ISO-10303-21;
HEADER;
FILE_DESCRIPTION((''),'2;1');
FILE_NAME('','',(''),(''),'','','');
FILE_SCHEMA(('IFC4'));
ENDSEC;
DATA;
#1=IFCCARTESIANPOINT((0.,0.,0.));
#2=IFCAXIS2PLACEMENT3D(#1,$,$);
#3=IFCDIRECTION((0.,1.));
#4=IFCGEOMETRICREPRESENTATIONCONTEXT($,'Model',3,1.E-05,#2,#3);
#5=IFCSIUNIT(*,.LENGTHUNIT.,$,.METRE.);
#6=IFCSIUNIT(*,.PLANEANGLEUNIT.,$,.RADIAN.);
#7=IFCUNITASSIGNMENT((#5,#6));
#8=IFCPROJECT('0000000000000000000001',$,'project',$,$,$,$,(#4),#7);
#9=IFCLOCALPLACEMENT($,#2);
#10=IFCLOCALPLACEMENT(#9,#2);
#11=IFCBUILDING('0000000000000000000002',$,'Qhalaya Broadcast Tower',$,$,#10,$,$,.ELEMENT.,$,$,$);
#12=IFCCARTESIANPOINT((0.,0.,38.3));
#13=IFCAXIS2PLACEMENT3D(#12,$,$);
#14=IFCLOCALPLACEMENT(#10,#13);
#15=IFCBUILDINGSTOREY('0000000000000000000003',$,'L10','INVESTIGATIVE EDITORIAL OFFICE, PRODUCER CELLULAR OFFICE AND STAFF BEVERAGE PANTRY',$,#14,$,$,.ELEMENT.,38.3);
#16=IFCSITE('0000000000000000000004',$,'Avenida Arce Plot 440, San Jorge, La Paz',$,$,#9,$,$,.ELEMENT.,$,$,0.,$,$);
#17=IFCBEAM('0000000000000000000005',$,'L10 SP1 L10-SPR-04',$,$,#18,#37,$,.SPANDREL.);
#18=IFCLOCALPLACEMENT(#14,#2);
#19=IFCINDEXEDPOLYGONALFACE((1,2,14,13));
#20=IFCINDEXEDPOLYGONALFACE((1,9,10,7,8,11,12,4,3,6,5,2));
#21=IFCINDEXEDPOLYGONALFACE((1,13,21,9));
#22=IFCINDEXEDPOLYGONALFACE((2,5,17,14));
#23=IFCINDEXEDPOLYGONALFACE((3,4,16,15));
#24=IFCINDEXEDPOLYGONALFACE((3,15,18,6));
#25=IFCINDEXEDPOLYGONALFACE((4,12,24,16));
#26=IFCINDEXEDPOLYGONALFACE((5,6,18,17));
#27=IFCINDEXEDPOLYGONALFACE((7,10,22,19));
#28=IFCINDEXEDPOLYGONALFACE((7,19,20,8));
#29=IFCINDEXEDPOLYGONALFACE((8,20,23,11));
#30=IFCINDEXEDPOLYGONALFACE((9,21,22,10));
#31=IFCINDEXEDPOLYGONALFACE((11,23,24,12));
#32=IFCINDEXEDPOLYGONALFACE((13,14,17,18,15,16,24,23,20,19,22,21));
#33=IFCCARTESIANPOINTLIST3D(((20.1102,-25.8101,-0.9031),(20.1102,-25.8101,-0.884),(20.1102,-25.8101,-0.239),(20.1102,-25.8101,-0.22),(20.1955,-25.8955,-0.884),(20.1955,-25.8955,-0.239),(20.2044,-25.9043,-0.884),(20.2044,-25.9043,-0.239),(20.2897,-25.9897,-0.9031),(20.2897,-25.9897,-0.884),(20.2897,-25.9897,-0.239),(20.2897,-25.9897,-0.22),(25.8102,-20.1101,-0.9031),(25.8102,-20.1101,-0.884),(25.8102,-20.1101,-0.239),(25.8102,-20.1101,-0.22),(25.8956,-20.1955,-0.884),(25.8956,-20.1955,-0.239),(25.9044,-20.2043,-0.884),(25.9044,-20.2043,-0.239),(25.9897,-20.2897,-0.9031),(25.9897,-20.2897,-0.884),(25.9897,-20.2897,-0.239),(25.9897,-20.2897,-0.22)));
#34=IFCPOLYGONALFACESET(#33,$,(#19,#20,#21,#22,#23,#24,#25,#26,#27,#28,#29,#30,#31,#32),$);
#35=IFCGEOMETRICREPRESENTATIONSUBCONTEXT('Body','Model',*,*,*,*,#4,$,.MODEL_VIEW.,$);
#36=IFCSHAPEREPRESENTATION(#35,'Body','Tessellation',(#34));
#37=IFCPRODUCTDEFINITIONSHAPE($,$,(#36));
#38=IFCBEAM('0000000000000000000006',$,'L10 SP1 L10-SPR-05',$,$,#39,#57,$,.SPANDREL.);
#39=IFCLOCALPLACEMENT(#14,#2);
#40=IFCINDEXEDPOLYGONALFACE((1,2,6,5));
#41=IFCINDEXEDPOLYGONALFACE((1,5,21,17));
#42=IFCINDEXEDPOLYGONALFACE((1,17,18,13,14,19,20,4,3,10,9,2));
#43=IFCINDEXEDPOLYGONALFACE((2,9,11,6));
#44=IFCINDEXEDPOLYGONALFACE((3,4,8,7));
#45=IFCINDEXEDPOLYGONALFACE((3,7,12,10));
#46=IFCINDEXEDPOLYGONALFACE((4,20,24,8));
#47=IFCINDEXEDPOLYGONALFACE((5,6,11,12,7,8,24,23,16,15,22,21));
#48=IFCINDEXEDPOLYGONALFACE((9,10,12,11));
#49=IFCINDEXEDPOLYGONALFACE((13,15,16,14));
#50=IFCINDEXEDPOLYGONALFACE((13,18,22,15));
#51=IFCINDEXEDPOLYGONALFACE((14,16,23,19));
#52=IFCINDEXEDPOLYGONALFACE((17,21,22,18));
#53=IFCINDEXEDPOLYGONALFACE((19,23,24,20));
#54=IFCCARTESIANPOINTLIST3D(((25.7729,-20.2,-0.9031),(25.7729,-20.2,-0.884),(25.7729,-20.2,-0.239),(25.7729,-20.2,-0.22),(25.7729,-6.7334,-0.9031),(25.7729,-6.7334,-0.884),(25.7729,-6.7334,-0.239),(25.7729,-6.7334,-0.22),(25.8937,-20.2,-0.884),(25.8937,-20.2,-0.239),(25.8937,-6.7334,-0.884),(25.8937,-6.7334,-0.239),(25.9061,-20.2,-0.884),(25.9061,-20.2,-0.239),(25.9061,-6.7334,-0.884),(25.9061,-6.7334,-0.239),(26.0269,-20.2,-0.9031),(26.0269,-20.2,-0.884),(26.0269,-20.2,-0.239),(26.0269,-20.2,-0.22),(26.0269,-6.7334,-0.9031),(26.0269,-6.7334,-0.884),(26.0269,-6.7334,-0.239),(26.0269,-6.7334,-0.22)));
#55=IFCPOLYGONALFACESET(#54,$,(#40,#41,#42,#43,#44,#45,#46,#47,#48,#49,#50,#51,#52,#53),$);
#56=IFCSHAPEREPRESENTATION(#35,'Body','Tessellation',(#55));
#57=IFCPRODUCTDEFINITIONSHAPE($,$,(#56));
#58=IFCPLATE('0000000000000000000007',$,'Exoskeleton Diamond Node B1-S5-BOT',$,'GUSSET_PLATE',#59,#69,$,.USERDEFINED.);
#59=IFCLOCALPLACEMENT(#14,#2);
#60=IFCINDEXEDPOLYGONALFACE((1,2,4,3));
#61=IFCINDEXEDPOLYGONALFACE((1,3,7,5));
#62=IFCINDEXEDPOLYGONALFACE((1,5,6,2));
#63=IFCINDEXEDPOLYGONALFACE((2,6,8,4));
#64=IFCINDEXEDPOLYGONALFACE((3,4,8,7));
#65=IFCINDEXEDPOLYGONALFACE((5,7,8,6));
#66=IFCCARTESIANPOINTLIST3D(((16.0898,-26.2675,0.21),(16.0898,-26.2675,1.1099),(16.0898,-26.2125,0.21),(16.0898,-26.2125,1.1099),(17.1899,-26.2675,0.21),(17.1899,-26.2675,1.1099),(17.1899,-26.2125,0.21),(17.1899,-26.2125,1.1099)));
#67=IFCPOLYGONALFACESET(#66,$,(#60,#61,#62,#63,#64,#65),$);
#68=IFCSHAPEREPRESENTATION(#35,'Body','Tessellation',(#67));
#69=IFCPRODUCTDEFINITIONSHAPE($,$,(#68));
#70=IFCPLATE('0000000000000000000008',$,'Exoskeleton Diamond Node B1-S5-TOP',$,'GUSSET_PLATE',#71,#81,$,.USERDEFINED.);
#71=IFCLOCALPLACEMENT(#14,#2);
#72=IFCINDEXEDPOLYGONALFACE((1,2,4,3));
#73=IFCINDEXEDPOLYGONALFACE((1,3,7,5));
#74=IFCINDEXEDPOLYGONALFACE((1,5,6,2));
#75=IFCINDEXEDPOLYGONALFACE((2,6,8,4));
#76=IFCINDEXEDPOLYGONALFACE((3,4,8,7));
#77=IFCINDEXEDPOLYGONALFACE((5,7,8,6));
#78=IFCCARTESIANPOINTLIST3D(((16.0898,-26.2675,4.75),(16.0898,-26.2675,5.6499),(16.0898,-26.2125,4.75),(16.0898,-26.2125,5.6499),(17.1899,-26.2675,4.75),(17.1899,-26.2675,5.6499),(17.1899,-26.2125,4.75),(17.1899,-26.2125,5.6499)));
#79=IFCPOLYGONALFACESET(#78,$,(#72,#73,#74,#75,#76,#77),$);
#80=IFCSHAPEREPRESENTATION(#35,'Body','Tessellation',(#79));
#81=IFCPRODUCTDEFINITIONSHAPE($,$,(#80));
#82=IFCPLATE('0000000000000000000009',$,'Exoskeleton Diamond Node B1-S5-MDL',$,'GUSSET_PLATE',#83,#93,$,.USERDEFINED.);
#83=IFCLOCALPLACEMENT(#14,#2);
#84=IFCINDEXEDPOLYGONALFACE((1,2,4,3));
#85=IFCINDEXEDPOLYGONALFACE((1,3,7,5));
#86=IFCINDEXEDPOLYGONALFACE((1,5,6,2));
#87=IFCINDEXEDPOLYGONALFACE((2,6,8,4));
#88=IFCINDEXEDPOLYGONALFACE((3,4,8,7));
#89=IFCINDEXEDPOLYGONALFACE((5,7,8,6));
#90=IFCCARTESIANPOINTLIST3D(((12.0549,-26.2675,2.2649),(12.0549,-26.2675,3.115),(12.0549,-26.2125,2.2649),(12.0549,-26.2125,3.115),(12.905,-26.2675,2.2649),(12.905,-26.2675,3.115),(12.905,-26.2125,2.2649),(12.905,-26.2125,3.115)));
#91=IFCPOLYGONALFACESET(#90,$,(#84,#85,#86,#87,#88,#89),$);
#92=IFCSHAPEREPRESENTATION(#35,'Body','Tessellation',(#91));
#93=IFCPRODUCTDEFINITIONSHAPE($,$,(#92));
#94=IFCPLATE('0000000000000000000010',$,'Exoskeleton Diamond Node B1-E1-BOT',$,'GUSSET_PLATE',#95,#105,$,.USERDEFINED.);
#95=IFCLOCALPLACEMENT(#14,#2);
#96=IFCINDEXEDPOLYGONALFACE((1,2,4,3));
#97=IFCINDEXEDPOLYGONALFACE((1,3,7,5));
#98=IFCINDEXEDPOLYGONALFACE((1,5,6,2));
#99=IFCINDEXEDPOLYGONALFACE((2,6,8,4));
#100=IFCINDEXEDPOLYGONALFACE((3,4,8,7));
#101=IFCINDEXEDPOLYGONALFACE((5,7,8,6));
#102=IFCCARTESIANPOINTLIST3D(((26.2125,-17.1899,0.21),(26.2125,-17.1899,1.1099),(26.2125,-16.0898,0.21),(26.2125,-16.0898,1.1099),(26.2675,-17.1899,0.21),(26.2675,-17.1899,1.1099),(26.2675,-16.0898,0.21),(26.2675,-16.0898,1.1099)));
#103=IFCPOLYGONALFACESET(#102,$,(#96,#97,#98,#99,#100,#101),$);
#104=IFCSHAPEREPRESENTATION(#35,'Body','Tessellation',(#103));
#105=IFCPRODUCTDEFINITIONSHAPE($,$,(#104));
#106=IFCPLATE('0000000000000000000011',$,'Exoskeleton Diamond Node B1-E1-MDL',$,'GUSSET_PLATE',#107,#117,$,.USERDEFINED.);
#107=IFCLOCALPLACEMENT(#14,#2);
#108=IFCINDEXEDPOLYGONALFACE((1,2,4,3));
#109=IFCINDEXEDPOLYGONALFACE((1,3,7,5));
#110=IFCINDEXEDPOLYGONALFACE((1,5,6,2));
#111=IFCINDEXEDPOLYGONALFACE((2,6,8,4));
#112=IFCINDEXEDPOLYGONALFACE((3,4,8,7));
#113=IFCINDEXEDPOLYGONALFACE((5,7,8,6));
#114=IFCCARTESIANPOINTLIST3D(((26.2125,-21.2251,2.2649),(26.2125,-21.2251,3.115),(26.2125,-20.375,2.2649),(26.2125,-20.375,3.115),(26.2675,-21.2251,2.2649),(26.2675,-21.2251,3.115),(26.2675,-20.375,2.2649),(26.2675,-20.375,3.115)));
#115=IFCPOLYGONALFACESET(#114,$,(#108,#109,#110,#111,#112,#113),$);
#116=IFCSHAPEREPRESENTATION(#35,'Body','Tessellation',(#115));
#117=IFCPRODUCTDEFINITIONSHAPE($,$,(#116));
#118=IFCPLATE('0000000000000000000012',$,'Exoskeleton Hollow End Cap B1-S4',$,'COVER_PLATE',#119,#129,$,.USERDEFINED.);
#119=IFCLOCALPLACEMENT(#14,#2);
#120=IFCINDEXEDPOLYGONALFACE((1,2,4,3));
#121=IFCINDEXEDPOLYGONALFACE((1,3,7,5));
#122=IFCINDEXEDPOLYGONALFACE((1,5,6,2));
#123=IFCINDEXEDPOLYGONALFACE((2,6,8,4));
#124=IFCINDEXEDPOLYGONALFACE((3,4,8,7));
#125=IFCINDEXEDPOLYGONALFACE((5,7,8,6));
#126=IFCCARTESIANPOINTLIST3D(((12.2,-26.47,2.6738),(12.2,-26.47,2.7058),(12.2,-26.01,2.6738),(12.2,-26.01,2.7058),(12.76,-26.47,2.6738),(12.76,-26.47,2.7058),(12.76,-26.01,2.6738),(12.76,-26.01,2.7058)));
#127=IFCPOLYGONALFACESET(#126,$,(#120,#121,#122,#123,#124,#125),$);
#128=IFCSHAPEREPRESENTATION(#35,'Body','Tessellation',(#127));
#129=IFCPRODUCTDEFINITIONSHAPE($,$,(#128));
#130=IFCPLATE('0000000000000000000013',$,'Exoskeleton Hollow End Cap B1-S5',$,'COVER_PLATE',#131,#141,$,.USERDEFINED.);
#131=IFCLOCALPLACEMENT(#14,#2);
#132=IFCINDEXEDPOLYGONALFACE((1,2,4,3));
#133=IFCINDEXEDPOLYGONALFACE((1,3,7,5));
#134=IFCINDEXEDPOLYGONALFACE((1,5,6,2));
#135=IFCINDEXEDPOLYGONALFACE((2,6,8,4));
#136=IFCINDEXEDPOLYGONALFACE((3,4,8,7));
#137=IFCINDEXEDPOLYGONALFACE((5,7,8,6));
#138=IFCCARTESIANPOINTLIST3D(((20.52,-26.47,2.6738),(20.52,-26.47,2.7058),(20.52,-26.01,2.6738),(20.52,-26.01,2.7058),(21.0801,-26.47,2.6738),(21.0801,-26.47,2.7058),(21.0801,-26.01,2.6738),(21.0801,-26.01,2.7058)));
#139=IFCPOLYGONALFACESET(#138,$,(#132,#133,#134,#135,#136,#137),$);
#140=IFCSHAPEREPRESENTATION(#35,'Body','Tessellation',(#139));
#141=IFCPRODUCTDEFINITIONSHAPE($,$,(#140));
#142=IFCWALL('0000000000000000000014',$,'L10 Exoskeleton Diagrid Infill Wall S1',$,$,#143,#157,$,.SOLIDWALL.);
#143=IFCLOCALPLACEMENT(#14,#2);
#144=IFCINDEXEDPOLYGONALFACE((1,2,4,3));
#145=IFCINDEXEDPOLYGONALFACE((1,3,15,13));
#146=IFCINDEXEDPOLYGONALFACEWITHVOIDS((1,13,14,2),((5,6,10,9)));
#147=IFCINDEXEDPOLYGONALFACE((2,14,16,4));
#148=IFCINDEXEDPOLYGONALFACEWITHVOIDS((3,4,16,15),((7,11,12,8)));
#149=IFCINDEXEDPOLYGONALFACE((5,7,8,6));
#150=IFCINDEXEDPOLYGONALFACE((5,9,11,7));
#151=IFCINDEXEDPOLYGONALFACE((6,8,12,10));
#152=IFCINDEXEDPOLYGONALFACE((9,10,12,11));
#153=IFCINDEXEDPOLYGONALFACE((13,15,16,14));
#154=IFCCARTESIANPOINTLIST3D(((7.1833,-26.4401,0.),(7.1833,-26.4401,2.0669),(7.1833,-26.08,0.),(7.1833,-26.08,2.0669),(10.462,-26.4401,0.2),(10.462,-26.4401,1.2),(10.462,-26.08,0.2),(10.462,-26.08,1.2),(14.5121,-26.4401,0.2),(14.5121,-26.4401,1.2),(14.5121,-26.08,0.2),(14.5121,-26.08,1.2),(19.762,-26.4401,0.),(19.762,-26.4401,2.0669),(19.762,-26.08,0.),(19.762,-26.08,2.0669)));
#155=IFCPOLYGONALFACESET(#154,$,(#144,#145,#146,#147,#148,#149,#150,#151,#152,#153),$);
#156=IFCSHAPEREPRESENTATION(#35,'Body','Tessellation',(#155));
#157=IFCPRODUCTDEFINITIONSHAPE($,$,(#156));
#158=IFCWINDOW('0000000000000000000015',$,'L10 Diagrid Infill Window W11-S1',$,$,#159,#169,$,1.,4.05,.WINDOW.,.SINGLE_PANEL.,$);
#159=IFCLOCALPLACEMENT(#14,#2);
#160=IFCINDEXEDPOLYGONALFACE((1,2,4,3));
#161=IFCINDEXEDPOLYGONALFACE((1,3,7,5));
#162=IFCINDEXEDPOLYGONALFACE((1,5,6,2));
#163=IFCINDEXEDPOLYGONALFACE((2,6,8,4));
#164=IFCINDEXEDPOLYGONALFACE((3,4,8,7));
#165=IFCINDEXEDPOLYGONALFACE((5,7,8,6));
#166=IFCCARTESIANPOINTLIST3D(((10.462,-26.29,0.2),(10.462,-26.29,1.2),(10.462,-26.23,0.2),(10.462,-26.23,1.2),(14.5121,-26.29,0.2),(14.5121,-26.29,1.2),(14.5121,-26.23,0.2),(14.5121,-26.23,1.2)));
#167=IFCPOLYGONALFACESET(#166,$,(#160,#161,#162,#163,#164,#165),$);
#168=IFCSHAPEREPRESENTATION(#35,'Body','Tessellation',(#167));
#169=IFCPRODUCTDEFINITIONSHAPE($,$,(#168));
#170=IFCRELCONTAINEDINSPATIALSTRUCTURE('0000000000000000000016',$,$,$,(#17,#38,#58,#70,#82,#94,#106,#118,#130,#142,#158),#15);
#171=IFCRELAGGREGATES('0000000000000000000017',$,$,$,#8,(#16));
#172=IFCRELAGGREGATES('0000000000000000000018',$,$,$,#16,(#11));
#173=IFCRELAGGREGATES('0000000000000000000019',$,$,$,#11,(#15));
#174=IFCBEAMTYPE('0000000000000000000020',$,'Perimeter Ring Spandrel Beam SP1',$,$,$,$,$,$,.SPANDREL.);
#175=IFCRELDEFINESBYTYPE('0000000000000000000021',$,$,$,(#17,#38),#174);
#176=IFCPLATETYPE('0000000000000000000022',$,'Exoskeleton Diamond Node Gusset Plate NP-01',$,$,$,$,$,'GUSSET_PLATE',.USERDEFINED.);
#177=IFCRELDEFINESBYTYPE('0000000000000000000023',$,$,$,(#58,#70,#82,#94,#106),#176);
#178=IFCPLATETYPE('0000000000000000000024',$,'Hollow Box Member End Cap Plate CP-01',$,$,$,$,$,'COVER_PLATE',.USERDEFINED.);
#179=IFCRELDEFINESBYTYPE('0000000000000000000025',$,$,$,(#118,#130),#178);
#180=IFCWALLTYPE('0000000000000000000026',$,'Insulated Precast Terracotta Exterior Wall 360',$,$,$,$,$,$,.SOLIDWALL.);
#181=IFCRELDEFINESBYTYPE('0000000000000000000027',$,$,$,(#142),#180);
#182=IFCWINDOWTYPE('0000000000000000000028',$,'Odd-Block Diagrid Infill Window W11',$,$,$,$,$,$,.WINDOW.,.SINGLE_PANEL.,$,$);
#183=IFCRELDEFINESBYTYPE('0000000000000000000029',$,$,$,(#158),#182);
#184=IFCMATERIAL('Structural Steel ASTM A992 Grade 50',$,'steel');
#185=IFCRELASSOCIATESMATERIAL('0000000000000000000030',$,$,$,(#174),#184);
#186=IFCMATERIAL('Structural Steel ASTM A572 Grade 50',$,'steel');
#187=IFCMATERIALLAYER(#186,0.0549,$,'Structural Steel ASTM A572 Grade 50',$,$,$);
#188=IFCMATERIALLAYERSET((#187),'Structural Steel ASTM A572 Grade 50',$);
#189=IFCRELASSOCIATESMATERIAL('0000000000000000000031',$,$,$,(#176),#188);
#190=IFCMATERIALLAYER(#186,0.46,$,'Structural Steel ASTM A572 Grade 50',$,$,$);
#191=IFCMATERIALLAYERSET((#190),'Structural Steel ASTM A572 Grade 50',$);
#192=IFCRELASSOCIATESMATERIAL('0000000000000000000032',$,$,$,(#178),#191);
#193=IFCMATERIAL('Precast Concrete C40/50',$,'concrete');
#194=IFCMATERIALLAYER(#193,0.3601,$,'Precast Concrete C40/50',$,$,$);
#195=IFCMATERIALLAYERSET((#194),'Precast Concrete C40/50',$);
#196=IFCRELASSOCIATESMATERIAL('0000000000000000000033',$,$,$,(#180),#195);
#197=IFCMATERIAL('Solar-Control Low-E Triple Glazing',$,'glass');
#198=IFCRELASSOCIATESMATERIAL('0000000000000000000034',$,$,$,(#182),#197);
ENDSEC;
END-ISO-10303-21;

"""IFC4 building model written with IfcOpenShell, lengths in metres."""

from ifc_helpers import new_model, si_unit, direction, frame, frame_2d, origin, origin_2d, place, context, subcontext, project, spatial, rectangle, i_section, extrude, material, layer, layer_set, material_profile, profile_set, type_object, element, fill, save


model = new_model("IFC4")

# Units and contexts
model_context = context("Model", 3, precision=1e-05, world=origin(), true_north=direction((0.0, 1.0)))
body_context = subcontext(model_context, "Body", "Model", "MODEL_VIEW")
ifc_project = project(units=[si_unit("LENGTHUNIT", "METRE"), si_unit("PLANEANGLEUNIT", "RADIAN")], contexts=[model_context])

# Site, building, storey
site_placement = place(None, origin())
site = spatial("IfcSite", under=ifc_project, at=site_placement, Name="Avenida Arce Plot 440, San Jorge, La Paz", CompositionType="ELEMENT", RefElevation=0.0)
building_placement = place(site_placement, origin())
building = spatial("IfcBuilding", under=site, at=building_placement, Name="Qhalaya Broadcast Tower", CompositionType="ELEMENT")
storey_placement = place(building_placement, frame((0.0, 0.0, 38.3)))
storey = spatial("IfcBuildingStorey", under=building, at=storey_placement, Name="L10", Description="INVESTIGATIVE EDITORIAL OFFICE, PRODUCER CELLULAR OFFICE AND STAFF BEVERAGE PANTRY", CompositionType="ELEMENT", Elevation=38.3)

# Shared definitions
ifc_material_1 = material(Name="Structural Steel ASTM A572 Grade 50", Category="steel")

# Beams
ifc_material_2 = material(Name="Structural Steel ASTM A992 Grade 50", Category="steel")
ifc_material_profile_1 = material_profile(ifc_material_2, i_section(OverallWidth=0.2539, OverallDepth=0.6831, WebThickness=0.0125, FlangeThickness=0.019, at=origin_2d()), Name="W27X94")
ifc_profile_set_1 = profile_set([ifc_material_profile_1], Name="Structural Steel ASTM A992 Grade 50")
beam_type = type_object("IfcBeamType", Name="Perimeter Ring Spandrel Beam SP1", PredefinedType="SPANDREL", material=ifc_profile_set_1)
beam_1_placement = place(storey_placement, frame((20.2, -25.8999, -0.5615), z_axis=(0.707107, 0.707107, 0.0), x_axis=(-0.707107, 0.707107, 0.0)))
element("IfcBeam", 1, at=beam_1_placement, inside=storey, type_object=beam_type, Name="L10 SP1 L10-SPR-04", PredefinedType="SPANDREL", context=body_context, shape_type="SweptSolid", body=[
    extrude(i_section(OverallWidth=0.2539, OverallDepth=0.6831, WebThickness=0.0125, FlangeThickness=0.019, at=origin_2d()), origin(), (0.0, 0.0, 1.0), 8.061),
])
beam_2_placement = place(storey_placement, frame((25.8999, -20.2, -0.5615), z_axis=(0.0, 1.0, 0.0), x_axis=(-1.0, 0.0, 0.0)))
element("IfcBeam", 2, at=beam_2_placement, inside=storey, type_object=beam_type, Name="L10 SP1 L10-SPR-05", PredefinedType="SPANDREL", context=body_context, shape_type="SweptSolid", body=[
    extrude(i_section(OverallWidth=0.2539, OverallDepth=0.6831, WebThickness=0.0125, FlangeThickness=0.019, at=origin_2d()), origin(), (0.0, 0.0, 1.0), 13.4666),
])

# Plates
ifc_layer_1 = layer(ifc_material_1, 0.0549, Name="Structural Steel ASTM A572 Grade 50")
ifc_layer_set_1 = layer_set([ifc_layer_1], Name="Structural Steel ASTM A572 Grade 50")
plate_type_1 = type_object("IfcPlateType", Name="Exoskeleton Diamond Node Gusset Plate NP-01", ElementType="GUSSET_PLATE", PredefinedType="USERDEFINED", material=ifc_layer_set_1)
for number, where, z_axis, x_axis, name in (
    (3, (16.6399, -26.24, 0.21), (0.0, 0.0, 1.0), (1.0, 0.0, 0.0), "Exoskeleton Diamond Node B1-S5-BOT"),
    (4, (16.6399, -26.24, 4.75), (0.0, 0.0, 1.0), (1.0, 0.0, 0.0), "Exoskeleton Diamond Node B1-S5-TOP"),
):
    element("IfcPlate", number, at=place(storey_placement, frame(where, z_axis=z_axis, x_axis=x_axis)), inside=storey, type_object=plate_type_1, Name=name, ObjectType="GUSSET_PLATE", PredefinedType="USERDEFINED", context=body_context, shape_type="SweptSolid", body=[
        extrude(rectangle(XDim=1.1001, YDim=0.0549, at=origin_2d()), origin(), (0.0, 0.0, 1.0), 0.8999),
    ])
plate_1_placement = place(storey_placement, frame((12.48, -26.24, 2.2649), z_axis=(0.0, 0.0, 1.0), x_axis=(1.0, 0.0, 0.0)))
element("IfcPlate", 5, at=plate_1_placement, inside=storey, type_object=plate_type_1, Name="Exoskeleton Diamond Node B1-S5-MDL", ObjectType="GUSSET_PLATE", PredefinedType="USERDEFINED", context=body_context, shape_type="SweptSolid", body=[
    extrude(rectangle(XDim=0.8501, YDim=0.0549, at=origin_2d()), origin(), (0.0, 0.0, 1.0), 0.8501),
])
plate_2_placement = place(storey_placement, frame((26.24, -16.6399, 0.21), z_axis=(0.0, 0.0, 1.0), x_axis=(0.0, 1.0, 0.0)))
element("IfcPlate", 6, at=plate_2_placement, inside=storey, type_object=plate_type_1, Name="Exoskeleton Diamond Node B1-E1-BOT", ObjectType="GUSSET_PLATE", PredefinedType="USERDEFINED", context=body_context, shape_type="SweptSolid", body=[
    extrude(rectangle(XDim=1.1001, YDim=0.0549, at=origin_2d()), origin(), (0.0, 0.0, 1.0), 0.8999),
])
plate_3_placement = place(storey_placement, frame((26.24, -20.8, 2.2649), z_axis=(0.0, 0.0, 1.0), x_axis=(0.0, 1.0, 0.0)))
element("IfcPlate", 7, at=plate_3_placement, inside=storey, type_object=plate_type_1, Name="Exoskeleton Diamond Node B1-E1-MDL", ObjectType="GUSSET_PLATE", PredefinedType="USERDEFINED", context=body_context, shape_type="SweptSolid", body=[
    extrude(rectangle(XDim=0.8501, YDim=0.0549, at=origin_2d()), origin(), (0.0, 0.0, 1.0), 0.8501),
])
ifc_layer_2 = layer(ifc_material_1, 0.46, Name="Structural Steel ASTM A572 Grade 50")
ifc_layer_set_2 = layer_set([ifc_layer_2], Name="Structural Steel ASTM A572 Grade 50")
plate_type_2 = type_object("IfcPlateType", Name="Hollow Box Member End Cap Plate CP-01", ElementType="COVER_PLATE", PredefinedType="USERDEFINED", material=ifc_layer_set_2)
for number, where, z_axis, x_axis, name in (
    (8, (12.48, -26.24, 2.6738), (0.0, 0.0, 1.0), (1.0, 0.0, 0.0), "Exoskeleton Hollow End Cap B1-S4"),
    (9, (20.8, -26.24, 2.6738), (0.0, 0.0, 1.0), (1.0, 0.0, 0.0), "Exoskeleton Hollow End Cap B1-S5"),
):
    element("IfcPlate", number, at=place(storey_placement, frame(where, z_axis=z_axis, x_axis=x_axis)), inside=storey, type_object=plate_type_2, Name=name, ObjectType="COVER_PLATE", PredefinedType="USERDEFINED", context=body_context, shape_type="SweptSolid", body=[
        extrude(rectangle(XDim=0.5601, YDim=0.46, at=origin_2d()), origin(), (0.0, 0.0, 1.0), 0.032),
    ])

# Wall, opening, window
ifc_material_3 = material(Name="Precast Concrete C40/50", Category="concrete")
ifc_layer_3 = layer(ifc_material_3, 0.3601, Name="Precast Concrete C40/50")
ifc_layer_set_3 = layer_set([ifc_layer_3], Name="Precast Concrete C40/50")
wall_type = type_object("IfcWallType", Name="Insulated Precast Terracotta Exterior Wall 360", PredefinedType="SOLIDWALL", material=ifc_layer_set_3)
wall_placement = place(storey_placement, frame((19.762, -26.26, 0.0), z_axis=(0.0, 0.0, 1.0), x_axis=(-1.0, 0.0, 0.0)))
wall = element("IfcWall", 10, at=wall_placement, inside=storey, type_object=wall_type, Name="L10 Exoskeleton Diagrid Infill Wall S1", PredefinedType="SOLIDWALL", context=body_context, shape_type="SweptSolid", body=[
    extrude(rectangle(XDim=12.5786, YDim=0.3601, at=frame_2d((6.2893, 0.0))), origin(), (0.0, 0.0, 1.0), 2.0669),
])
opening_placement = place(wall_placement, frame((5.25, 0.0, 0.2)))
opening = element("IfcOpeningElement", 11, at=opening_placement, cuts=wall, PredefinedType="OPENING", context=body_context, shape_type="SweptSolid", body=[
    extrude(rectangle(XDim=4.05, YDim=1.0, at=frame_2d((2.0249, 0.5))), frame((0.0, 0.1921, 0.0), z_axis=(0.0, -1.0, 0.0), x_axis=(1.0, 0.0, 0.0)), (0.0, 0.0, 1.0), 0.384),
])
ifc_material_4 = material(Name="Solar-Control Low-E Triple Glazing", Category="glass")
window_type = type_object("IfcWindowType", Name="Odd-Block Diagrid Infill Window W11", PartitioningType="SINGLE_PANEL", PredefinedType="WINDOW", material=ifc_material_4)
window_placement = place(opening_placement, origin())
window = element("IfcWindow", 12, at=window_placement, inside=storey, type_object=window_type, Name="L10 Diagrid Infill Window W11-S1", OverallHeight=1.0, OverallWidth=4.05, PartitioningType="SINGLE_PANEL", PredefinedType="WINDOW", context=body_context, shape_type="SweptSolid", body=[
    extrude(rectangle(XDim=4.05, YDim=1.0, at=frame_2d((2.0249, 0.5))), frame((0.0, 0.03, 0.0), z_axis=(0.0, -1.0, 0.0), x_axis=(1.0, 0.0, 0.0)), (0.0, 0.0, 1.0), 0.0601),
])
fill(opening, window)

save(model, "model.ifc")
